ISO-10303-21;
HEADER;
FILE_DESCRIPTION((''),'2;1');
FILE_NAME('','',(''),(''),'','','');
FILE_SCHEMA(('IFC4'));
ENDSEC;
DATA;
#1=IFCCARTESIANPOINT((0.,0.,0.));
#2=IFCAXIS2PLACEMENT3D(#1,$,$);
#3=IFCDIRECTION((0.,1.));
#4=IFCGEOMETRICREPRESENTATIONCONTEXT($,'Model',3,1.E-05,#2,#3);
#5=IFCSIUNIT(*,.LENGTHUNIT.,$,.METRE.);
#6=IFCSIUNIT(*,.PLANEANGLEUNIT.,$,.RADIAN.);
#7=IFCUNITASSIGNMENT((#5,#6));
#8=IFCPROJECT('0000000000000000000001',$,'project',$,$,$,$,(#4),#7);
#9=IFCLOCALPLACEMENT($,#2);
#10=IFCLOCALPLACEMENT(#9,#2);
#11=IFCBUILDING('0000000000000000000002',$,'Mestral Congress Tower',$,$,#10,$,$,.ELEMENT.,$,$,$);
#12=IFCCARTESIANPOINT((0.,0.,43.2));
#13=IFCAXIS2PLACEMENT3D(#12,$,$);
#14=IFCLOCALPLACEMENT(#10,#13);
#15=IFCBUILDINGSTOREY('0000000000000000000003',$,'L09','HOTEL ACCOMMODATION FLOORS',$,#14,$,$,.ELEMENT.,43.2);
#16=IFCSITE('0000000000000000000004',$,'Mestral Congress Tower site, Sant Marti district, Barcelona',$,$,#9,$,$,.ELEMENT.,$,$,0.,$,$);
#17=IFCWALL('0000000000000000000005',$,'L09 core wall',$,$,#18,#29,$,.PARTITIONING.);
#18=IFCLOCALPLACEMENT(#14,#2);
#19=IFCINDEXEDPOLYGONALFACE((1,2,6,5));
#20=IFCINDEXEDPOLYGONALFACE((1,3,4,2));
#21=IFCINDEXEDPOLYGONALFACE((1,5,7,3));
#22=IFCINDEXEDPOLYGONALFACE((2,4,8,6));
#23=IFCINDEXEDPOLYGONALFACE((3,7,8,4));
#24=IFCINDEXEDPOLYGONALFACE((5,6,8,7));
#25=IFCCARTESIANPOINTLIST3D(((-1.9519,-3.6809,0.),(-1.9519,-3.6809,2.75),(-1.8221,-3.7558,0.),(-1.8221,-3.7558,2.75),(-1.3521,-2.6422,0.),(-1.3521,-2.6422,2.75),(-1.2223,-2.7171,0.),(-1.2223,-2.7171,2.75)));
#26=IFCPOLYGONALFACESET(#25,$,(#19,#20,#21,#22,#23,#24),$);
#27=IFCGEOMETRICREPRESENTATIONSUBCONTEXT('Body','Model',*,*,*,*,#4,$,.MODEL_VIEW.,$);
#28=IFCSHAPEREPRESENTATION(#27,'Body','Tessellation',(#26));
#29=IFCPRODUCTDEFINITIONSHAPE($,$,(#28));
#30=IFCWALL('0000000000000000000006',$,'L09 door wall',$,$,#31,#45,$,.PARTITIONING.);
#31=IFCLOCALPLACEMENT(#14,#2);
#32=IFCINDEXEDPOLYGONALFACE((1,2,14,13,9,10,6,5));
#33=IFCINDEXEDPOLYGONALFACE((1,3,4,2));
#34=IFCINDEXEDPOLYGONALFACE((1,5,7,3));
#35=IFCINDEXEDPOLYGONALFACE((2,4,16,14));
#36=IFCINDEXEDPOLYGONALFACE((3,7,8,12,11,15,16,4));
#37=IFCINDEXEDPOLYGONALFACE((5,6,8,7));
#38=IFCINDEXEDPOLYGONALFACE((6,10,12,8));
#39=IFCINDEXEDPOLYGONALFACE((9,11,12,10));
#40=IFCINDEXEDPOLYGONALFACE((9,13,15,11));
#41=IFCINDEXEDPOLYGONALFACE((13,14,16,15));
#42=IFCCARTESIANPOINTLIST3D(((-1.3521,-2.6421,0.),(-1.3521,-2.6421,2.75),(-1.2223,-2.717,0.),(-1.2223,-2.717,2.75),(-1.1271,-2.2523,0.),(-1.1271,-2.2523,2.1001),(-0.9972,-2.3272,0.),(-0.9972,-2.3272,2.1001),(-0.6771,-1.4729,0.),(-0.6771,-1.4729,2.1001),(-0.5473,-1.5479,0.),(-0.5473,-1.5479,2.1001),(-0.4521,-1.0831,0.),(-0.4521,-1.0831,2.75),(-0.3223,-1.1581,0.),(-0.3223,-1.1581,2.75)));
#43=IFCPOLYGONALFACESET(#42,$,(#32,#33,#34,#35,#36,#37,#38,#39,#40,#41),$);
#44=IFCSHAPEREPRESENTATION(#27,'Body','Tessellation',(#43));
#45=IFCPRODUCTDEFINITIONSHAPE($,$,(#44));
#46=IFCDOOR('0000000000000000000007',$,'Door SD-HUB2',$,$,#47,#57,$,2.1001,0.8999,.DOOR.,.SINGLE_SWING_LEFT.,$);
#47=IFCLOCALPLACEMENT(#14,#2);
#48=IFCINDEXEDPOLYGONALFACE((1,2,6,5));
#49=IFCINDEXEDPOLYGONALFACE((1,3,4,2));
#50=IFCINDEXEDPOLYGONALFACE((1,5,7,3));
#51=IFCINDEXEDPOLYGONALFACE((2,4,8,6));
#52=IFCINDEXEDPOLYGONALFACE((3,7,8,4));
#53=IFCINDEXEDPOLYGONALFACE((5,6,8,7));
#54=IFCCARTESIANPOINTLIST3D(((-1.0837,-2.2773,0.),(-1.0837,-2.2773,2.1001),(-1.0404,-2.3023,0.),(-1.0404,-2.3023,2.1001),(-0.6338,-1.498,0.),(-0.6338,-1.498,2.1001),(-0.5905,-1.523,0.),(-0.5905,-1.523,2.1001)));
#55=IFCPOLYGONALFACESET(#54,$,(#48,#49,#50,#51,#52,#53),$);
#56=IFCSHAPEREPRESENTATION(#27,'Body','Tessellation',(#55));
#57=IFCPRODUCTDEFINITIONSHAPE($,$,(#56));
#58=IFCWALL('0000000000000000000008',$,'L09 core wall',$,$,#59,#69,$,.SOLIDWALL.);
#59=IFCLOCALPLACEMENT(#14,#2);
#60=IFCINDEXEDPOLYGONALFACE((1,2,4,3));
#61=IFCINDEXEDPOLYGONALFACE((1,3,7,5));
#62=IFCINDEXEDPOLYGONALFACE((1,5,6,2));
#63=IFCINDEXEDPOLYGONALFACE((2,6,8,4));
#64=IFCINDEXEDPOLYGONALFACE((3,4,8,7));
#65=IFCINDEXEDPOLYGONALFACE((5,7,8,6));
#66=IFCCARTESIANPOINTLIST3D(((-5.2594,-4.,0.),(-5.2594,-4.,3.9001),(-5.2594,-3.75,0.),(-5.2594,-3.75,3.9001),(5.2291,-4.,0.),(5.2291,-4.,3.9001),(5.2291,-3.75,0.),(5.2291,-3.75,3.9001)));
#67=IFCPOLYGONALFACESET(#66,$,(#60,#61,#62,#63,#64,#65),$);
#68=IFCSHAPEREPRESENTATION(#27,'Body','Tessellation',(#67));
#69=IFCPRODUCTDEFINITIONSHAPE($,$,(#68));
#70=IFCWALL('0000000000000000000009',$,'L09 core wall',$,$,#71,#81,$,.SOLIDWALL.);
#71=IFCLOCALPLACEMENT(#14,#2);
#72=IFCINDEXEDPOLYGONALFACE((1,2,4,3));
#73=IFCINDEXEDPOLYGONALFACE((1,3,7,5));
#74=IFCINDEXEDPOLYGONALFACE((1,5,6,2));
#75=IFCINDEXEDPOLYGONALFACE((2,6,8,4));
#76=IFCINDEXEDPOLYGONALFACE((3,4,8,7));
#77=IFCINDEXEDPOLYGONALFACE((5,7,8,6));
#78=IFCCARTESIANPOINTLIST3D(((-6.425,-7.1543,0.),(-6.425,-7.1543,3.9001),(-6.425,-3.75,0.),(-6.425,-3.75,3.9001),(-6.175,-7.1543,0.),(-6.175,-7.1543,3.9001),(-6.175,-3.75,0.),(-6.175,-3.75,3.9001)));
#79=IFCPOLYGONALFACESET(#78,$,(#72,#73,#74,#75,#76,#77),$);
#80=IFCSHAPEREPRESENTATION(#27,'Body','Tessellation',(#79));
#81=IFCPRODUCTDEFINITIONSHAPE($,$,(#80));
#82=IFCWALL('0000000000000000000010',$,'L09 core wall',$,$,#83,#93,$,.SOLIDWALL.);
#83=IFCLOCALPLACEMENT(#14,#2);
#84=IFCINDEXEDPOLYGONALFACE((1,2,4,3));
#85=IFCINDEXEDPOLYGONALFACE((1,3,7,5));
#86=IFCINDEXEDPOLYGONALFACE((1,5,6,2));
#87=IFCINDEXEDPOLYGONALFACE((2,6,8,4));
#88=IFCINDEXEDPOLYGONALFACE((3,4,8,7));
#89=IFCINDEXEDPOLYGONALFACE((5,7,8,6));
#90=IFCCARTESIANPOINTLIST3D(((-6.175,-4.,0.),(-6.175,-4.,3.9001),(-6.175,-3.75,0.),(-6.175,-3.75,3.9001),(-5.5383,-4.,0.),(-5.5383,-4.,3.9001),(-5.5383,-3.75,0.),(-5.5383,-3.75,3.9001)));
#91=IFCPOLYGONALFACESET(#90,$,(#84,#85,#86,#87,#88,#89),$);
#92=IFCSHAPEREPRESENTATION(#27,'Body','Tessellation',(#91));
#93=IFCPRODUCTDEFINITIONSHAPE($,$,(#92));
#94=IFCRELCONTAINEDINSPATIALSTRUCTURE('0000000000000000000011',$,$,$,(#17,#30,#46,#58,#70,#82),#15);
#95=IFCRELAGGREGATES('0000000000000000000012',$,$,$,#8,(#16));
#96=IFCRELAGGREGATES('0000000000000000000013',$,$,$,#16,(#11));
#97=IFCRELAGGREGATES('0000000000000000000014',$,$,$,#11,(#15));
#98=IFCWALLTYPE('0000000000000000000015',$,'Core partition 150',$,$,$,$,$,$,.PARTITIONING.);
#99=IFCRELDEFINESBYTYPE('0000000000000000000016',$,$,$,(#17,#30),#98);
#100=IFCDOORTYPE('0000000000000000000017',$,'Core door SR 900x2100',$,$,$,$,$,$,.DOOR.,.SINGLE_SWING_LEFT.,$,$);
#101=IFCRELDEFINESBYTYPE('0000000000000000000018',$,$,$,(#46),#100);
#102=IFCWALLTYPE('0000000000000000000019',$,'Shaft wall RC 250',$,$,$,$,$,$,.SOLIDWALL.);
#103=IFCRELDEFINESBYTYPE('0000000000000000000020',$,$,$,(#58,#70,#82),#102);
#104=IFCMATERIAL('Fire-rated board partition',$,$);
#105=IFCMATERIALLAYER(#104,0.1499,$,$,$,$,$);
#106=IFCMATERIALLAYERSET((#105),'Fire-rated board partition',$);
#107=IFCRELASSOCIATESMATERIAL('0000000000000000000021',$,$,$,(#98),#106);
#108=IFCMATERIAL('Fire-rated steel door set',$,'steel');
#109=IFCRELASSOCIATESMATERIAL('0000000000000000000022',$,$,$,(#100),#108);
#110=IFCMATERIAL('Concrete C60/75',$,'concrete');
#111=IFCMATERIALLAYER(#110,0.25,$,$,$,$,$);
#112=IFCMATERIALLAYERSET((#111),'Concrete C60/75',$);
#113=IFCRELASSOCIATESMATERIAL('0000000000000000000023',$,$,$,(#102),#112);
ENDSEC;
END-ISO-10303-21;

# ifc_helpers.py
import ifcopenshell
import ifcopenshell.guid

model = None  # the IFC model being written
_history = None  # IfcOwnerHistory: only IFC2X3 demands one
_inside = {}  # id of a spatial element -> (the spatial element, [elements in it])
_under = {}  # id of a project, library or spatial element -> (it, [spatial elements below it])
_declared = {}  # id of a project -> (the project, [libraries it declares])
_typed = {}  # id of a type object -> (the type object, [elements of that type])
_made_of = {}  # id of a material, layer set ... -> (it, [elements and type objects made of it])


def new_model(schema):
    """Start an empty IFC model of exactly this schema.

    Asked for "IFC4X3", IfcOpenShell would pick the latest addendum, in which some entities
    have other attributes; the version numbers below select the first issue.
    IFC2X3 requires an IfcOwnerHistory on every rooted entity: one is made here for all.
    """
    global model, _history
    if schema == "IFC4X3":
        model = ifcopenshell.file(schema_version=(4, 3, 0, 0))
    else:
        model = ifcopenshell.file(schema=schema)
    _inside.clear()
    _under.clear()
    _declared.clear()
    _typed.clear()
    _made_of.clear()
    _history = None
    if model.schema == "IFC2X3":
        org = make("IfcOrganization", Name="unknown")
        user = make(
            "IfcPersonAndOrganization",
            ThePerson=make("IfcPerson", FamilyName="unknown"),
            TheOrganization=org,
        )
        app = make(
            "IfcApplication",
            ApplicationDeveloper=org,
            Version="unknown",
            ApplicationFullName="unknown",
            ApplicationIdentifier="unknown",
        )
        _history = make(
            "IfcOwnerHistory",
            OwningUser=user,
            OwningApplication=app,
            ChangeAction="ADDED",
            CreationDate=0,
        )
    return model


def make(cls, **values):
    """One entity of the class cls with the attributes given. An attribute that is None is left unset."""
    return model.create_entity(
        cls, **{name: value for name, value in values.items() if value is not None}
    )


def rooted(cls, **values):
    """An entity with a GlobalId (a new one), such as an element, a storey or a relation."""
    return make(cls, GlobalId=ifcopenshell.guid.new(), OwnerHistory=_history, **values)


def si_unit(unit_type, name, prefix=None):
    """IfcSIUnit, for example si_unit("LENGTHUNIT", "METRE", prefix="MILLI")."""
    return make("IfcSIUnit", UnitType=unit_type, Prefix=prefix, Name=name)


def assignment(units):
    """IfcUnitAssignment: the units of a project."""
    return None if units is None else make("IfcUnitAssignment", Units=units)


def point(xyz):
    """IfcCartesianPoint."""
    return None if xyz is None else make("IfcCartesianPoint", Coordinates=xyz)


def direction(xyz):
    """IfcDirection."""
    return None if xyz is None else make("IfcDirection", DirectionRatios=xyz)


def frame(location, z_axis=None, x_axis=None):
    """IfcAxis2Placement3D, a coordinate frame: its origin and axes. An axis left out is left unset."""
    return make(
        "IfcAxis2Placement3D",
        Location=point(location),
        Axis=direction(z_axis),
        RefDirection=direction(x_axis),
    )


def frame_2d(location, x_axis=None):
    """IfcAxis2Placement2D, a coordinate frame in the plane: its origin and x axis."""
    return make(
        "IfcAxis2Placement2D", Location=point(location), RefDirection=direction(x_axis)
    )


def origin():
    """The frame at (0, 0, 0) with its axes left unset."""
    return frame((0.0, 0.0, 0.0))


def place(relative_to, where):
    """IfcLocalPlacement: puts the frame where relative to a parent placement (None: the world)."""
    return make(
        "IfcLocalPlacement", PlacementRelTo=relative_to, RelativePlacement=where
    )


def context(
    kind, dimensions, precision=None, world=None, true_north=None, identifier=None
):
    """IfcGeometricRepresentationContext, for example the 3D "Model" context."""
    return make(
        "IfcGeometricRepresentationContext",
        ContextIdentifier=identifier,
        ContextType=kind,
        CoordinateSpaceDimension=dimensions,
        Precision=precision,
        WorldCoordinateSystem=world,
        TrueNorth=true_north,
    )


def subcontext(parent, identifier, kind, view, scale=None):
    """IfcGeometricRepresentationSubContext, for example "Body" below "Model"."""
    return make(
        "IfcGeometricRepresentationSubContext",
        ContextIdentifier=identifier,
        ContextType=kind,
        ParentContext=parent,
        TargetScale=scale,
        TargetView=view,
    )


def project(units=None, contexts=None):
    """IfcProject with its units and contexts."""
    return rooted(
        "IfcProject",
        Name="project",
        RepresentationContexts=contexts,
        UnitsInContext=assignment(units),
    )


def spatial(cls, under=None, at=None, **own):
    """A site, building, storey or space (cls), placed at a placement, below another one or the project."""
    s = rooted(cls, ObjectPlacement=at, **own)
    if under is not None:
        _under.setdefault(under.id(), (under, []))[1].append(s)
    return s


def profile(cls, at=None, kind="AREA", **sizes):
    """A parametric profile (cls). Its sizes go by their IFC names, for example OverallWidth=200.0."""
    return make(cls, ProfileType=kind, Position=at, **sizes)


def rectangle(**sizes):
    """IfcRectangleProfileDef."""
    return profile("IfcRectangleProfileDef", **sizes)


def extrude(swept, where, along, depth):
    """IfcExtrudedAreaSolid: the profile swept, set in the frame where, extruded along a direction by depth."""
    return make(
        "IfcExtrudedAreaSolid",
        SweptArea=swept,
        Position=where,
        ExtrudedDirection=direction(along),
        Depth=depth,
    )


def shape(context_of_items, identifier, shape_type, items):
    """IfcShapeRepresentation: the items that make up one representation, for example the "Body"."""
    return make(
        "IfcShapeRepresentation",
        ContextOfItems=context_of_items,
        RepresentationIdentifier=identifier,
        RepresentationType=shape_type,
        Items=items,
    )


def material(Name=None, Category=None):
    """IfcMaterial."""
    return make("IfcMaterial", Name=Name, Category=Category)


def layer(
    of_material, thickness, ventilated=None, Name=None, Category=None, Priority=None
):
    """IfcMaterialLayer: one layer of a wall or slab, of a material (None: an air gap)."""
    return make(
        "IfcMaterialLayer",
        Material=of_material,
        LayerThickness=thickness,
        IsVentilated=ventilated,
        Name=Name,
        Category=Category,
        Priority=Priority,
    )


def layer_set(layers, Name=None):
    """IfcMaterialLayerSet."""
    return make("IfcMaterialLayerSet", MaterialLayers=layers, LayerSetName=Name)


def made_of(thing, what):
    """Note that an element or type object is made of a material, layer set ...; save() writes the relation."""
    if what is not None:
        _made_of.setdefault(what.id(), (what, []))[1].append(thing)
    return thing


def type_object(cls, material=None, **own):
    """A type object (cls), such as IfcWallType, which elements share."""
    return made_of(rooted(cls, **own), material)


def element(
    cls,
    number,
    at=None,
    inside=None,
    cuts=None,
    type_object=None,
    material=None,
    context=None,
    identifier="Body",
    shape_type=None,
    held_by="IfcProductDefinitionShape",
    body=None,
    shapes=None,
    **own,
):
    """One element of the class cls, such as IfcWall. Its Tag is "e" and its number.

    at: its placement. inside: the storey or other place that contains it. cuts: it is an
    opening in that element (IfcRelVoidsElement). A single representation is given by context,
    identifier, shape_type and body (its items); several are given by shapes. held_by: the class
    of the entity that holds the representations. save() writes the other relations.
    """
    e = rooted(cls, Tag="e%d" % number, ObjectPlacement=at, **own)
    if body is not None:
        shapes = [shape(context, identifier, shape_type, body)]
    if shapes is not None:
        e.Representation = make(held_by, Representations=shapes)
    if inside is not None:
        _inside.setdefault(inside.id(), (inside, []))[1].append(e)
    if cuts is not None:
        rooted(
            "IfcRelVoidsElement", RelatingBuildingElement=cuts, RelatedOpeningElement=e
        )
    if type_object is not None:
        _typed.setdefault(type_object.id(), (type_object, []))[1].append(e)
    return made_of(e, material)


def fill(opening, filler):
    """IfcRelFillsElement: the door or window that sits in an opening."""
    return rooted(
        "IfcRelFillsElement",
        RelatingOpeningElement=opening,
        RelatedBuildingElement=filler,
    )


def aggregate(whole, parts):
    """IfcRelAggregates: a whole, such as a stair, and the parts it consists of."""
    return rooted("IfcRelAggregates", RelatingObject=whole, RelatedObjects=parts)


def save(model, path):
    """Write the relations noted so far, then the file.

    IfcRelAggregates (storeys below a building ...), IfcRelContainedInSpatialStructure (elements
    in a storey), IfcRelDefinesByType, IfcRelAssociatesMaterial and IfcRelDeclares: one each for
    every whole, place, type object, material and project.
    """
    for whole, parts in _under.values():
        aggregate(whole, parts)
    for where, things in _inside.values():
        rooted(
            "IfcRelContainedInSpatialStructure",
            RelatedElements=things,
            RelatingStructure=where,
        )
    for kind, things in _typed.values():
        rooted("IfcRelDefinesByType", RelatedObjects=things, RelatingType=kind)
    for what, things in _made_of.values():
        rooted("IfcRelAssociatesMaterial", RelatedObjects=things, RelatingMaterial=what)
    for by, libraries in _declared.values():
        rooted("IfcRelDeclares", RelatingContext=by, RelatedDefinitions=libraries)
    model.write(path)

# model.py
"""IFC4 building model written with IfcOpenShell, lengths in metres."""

from ifc_helpers import new_model, si_unit, direction, frame, frame_2d, origin, place, context, subcontext, project, spatial, rectangle, extrude, material, layer, layer_set, type_object, element, fill, save


model = new_model("IFC4")

# Units and contexts
model_context = context("Model", 3, precision=1e-05, world=origin(), true_north=direction((0.0, 1.0)))
body_context = subcontext(model_context, "Body", "Model", "MODEL_VIEW")
ifc_project = project(units=[si_unit("LENGTHUNIT", "METRE"), si_unit("PLANEANGLEUNIT", "RADIAN")], contexts=[model_context])

# Site, building, storey
site_placement = place(None, origin())
site = spatial("IfcSite", under=ifc_project, at=site_placement, Name="Mestral Congress Tower site, Sant Marti district, Barcelona", CompositionType="ELEMENT", RefElevation=0.0)
building_placement = place(site_placement, origin())
building = spatial("IfcBuilding", under=site, at=building_placement, Name="Mestral Congress Tower", CompositionType="ELEMENT")
storey_placement = place(building_placement, frame((0.0, 0.0, 43.2)))
storey = spatial("IfcBuildingStorey", under=building, at=storey_placement, Name="L09", Description="HOTEL ACCOMMODATION FLOORS", CompositionType="ELEMENT", Elevation=43.2)

# Wall
ifc_material_1 = material(Name="Fire-rated board partition")
ifc_layer_1 = layer(ifc_material_1, 0.1499)
ifc_layer_set_1 = layer_set([ifc_layer_1], Name="Fire-rated board partition")
wall_type_1 = type_object("IfcWallType", Name="Core partition 150", PredefinedType="PARTITIONING", material=ifc_layer_set_1)
wall_1_placement = place(storey_placement, frame((-1.887, -3.7183, 0.0), z_axis=(0.0, 0.0, 1.0), x_axis=(0.500057, 0.865992, 0.0)))
element("IfcWall", 1, at=wall_1_placement, inside=storey, type_object=wall_type_1, Name="L09 core wall", PredefinedType="PARTITIONING", context=body_context, shape_type="SweptSolid", body=[
    extrude(rectangle(XDim=1.1995, YDim=0.1499, at=frame_2d((0.5996, 0.0))), origin(), (0.0, 0.0, 1.0), 2.75),
])

# Wall, opening, door
wall_2_placement = place(storey_placement, frame((-1.2871, -2.6794, 0.0), z_axis=(0.0, 0.0, 1.0), x_axis=(0.499961, 0.866048, 0.0)))
wall_2 = element("IfcWall", 2, at=wall_2_placement, inside=storey, type_object=wall_type_1, Name="L09 door wall", PredefinedType="PARTITIONING", context=body_context, shape_type="SweptSolid", body=[
    extrude(rectangle(XDim=1.8, YDim=0.1499, at=frame_2d((0.8999, 0.0))), origin(), (0.0, 0.0, 1.0), 2.75),
])
opening_1_placement = place(wall_2_placement, frame((0.45, 0.0, 0.0)))
opening_1 = element("IfcOpeningElement", 3, at=opening_1_placement, cuts=wall_2, PredefinedType="OPENING", context=body_context, shape_type="SweptSolid", body=[
    extrude(rectangle(XDim=0.8999, YDim=2.1001, at=frame_2d((0.45, 1.05))), frame((0.0, 0.085, 0.0), z_axis=(0.0, -1.0, 0.0), x_axis=(1.0, 0.0, 0.0)), (0.0, 0.0, 1.0), 0.1699),
])
ifc_material_2 = material(Name="Fire-rated steel door set", Category="steel")
door_type_1 = type_object("IfcDoorType", Name="Core door SR 900x2100", OperationType="SINGLE_SWING_LEFT", PredefinedType="DOOR", material=ifc_material_2)
door_1_placement = place(opening_1_placement, origin())
door_1 = element("IfcDoor", 4, at=door_1_placement, inside=storey, type_object=door_type_1, Name="Door SD-HUB2", OperationType="SINGLE_SWING_LEFT", OverallHeight=2.1001, OverallWidth=0.8999, PredefinedType="DOOR", context=body_context, shape_type="SweptSolid", body=[
    extrude(rectangle(XDim=0.8999, YDim=2.1001, at=frame_2d((0.45, 1.05))), frame((0.0, 0.0249, 0.0), z_axis=(0.0, -1.0, 0.0), x_axis=(1.0, 0.0, 0.0)), (0.0, 0.0, 1.0), 0.05),
])
fill(opening_1, door_1)

# Walls
ifc_material_3 = material(Name="Concrete C60/75", Category="concrete")
ifc_layer_2 = layer(ifc_material_3, 0.25)
ifc_layer_set_2 = layer_set([ifc_layer_2], Name="Concrete C60/75")
wall_type_2 = type_object("IfcWallType", Name="Shaft wall RC 250", PredefinedType="SOLIDWALL", material=ifc_layer_set_2)
wall_3_placement = place(storey_placement, frame((-5.2593, -3.875, 0.0), z_axis=(0.0, 0.0, 1.0), x_axis=(1.0, 0.0, 0.0)))
element("IfcWall", 5, at=wall_3_placement, inside=storey, type_object=wall_type_2, Name="L09 core wall", PredefinedType="SOLIDWALL", context=body_context, shape_type="SweptSolid", body=[
    extrude(rectangle(XDim=10.4885, YDim=0.25, at=frame_2d((5.2441, 0.0))), origin(), (0.0, 0.0, 1.0), 3.9001),
])
wall_4_placement = place(storey_placement, frame((-6.3, -3.75, 0.0), z_axis=(0.0, 0.0, 1.0), x_axis=(0.0, -1.0, 0.0)))
element("IfcWall", 6, at=wall_4_placement, inside=storey, type_object=wall_type_2, Name="L09 core wall", PredefinedType="SOLIDWALL", context=body_context, shape_type="SweptSolid", body=[
    extrude(rectangle(XDim=3.4043, YDim=0.25, at=frame_2d((1.7021, 0.0))), origin(), (0.0, 0.0, 1.0), 3.9001),
])
wall_5_placement = place(storey_placement, frame((-6.175, -3.875, 0.0), z_axis=(0.0, 0.0, 1.0), x_axis=(1.0, 0.0, 0.0)))
element("IfcWall", 7, at=wall_5_placement, inside=storey, type_object=wall_type_2, Name="L09 core wall", PredefinedType="SOLIDWALL", context=body_context, shape_type="SweptSolid", body=[
    extrude(rectangle(XDim=0.6367, YDim=0.25, at=frame_2d((0.3184, 0.0))), origin(), (0.0, 0.0, 1.0), 3.9001),
])

save(model, "model.ifc")
